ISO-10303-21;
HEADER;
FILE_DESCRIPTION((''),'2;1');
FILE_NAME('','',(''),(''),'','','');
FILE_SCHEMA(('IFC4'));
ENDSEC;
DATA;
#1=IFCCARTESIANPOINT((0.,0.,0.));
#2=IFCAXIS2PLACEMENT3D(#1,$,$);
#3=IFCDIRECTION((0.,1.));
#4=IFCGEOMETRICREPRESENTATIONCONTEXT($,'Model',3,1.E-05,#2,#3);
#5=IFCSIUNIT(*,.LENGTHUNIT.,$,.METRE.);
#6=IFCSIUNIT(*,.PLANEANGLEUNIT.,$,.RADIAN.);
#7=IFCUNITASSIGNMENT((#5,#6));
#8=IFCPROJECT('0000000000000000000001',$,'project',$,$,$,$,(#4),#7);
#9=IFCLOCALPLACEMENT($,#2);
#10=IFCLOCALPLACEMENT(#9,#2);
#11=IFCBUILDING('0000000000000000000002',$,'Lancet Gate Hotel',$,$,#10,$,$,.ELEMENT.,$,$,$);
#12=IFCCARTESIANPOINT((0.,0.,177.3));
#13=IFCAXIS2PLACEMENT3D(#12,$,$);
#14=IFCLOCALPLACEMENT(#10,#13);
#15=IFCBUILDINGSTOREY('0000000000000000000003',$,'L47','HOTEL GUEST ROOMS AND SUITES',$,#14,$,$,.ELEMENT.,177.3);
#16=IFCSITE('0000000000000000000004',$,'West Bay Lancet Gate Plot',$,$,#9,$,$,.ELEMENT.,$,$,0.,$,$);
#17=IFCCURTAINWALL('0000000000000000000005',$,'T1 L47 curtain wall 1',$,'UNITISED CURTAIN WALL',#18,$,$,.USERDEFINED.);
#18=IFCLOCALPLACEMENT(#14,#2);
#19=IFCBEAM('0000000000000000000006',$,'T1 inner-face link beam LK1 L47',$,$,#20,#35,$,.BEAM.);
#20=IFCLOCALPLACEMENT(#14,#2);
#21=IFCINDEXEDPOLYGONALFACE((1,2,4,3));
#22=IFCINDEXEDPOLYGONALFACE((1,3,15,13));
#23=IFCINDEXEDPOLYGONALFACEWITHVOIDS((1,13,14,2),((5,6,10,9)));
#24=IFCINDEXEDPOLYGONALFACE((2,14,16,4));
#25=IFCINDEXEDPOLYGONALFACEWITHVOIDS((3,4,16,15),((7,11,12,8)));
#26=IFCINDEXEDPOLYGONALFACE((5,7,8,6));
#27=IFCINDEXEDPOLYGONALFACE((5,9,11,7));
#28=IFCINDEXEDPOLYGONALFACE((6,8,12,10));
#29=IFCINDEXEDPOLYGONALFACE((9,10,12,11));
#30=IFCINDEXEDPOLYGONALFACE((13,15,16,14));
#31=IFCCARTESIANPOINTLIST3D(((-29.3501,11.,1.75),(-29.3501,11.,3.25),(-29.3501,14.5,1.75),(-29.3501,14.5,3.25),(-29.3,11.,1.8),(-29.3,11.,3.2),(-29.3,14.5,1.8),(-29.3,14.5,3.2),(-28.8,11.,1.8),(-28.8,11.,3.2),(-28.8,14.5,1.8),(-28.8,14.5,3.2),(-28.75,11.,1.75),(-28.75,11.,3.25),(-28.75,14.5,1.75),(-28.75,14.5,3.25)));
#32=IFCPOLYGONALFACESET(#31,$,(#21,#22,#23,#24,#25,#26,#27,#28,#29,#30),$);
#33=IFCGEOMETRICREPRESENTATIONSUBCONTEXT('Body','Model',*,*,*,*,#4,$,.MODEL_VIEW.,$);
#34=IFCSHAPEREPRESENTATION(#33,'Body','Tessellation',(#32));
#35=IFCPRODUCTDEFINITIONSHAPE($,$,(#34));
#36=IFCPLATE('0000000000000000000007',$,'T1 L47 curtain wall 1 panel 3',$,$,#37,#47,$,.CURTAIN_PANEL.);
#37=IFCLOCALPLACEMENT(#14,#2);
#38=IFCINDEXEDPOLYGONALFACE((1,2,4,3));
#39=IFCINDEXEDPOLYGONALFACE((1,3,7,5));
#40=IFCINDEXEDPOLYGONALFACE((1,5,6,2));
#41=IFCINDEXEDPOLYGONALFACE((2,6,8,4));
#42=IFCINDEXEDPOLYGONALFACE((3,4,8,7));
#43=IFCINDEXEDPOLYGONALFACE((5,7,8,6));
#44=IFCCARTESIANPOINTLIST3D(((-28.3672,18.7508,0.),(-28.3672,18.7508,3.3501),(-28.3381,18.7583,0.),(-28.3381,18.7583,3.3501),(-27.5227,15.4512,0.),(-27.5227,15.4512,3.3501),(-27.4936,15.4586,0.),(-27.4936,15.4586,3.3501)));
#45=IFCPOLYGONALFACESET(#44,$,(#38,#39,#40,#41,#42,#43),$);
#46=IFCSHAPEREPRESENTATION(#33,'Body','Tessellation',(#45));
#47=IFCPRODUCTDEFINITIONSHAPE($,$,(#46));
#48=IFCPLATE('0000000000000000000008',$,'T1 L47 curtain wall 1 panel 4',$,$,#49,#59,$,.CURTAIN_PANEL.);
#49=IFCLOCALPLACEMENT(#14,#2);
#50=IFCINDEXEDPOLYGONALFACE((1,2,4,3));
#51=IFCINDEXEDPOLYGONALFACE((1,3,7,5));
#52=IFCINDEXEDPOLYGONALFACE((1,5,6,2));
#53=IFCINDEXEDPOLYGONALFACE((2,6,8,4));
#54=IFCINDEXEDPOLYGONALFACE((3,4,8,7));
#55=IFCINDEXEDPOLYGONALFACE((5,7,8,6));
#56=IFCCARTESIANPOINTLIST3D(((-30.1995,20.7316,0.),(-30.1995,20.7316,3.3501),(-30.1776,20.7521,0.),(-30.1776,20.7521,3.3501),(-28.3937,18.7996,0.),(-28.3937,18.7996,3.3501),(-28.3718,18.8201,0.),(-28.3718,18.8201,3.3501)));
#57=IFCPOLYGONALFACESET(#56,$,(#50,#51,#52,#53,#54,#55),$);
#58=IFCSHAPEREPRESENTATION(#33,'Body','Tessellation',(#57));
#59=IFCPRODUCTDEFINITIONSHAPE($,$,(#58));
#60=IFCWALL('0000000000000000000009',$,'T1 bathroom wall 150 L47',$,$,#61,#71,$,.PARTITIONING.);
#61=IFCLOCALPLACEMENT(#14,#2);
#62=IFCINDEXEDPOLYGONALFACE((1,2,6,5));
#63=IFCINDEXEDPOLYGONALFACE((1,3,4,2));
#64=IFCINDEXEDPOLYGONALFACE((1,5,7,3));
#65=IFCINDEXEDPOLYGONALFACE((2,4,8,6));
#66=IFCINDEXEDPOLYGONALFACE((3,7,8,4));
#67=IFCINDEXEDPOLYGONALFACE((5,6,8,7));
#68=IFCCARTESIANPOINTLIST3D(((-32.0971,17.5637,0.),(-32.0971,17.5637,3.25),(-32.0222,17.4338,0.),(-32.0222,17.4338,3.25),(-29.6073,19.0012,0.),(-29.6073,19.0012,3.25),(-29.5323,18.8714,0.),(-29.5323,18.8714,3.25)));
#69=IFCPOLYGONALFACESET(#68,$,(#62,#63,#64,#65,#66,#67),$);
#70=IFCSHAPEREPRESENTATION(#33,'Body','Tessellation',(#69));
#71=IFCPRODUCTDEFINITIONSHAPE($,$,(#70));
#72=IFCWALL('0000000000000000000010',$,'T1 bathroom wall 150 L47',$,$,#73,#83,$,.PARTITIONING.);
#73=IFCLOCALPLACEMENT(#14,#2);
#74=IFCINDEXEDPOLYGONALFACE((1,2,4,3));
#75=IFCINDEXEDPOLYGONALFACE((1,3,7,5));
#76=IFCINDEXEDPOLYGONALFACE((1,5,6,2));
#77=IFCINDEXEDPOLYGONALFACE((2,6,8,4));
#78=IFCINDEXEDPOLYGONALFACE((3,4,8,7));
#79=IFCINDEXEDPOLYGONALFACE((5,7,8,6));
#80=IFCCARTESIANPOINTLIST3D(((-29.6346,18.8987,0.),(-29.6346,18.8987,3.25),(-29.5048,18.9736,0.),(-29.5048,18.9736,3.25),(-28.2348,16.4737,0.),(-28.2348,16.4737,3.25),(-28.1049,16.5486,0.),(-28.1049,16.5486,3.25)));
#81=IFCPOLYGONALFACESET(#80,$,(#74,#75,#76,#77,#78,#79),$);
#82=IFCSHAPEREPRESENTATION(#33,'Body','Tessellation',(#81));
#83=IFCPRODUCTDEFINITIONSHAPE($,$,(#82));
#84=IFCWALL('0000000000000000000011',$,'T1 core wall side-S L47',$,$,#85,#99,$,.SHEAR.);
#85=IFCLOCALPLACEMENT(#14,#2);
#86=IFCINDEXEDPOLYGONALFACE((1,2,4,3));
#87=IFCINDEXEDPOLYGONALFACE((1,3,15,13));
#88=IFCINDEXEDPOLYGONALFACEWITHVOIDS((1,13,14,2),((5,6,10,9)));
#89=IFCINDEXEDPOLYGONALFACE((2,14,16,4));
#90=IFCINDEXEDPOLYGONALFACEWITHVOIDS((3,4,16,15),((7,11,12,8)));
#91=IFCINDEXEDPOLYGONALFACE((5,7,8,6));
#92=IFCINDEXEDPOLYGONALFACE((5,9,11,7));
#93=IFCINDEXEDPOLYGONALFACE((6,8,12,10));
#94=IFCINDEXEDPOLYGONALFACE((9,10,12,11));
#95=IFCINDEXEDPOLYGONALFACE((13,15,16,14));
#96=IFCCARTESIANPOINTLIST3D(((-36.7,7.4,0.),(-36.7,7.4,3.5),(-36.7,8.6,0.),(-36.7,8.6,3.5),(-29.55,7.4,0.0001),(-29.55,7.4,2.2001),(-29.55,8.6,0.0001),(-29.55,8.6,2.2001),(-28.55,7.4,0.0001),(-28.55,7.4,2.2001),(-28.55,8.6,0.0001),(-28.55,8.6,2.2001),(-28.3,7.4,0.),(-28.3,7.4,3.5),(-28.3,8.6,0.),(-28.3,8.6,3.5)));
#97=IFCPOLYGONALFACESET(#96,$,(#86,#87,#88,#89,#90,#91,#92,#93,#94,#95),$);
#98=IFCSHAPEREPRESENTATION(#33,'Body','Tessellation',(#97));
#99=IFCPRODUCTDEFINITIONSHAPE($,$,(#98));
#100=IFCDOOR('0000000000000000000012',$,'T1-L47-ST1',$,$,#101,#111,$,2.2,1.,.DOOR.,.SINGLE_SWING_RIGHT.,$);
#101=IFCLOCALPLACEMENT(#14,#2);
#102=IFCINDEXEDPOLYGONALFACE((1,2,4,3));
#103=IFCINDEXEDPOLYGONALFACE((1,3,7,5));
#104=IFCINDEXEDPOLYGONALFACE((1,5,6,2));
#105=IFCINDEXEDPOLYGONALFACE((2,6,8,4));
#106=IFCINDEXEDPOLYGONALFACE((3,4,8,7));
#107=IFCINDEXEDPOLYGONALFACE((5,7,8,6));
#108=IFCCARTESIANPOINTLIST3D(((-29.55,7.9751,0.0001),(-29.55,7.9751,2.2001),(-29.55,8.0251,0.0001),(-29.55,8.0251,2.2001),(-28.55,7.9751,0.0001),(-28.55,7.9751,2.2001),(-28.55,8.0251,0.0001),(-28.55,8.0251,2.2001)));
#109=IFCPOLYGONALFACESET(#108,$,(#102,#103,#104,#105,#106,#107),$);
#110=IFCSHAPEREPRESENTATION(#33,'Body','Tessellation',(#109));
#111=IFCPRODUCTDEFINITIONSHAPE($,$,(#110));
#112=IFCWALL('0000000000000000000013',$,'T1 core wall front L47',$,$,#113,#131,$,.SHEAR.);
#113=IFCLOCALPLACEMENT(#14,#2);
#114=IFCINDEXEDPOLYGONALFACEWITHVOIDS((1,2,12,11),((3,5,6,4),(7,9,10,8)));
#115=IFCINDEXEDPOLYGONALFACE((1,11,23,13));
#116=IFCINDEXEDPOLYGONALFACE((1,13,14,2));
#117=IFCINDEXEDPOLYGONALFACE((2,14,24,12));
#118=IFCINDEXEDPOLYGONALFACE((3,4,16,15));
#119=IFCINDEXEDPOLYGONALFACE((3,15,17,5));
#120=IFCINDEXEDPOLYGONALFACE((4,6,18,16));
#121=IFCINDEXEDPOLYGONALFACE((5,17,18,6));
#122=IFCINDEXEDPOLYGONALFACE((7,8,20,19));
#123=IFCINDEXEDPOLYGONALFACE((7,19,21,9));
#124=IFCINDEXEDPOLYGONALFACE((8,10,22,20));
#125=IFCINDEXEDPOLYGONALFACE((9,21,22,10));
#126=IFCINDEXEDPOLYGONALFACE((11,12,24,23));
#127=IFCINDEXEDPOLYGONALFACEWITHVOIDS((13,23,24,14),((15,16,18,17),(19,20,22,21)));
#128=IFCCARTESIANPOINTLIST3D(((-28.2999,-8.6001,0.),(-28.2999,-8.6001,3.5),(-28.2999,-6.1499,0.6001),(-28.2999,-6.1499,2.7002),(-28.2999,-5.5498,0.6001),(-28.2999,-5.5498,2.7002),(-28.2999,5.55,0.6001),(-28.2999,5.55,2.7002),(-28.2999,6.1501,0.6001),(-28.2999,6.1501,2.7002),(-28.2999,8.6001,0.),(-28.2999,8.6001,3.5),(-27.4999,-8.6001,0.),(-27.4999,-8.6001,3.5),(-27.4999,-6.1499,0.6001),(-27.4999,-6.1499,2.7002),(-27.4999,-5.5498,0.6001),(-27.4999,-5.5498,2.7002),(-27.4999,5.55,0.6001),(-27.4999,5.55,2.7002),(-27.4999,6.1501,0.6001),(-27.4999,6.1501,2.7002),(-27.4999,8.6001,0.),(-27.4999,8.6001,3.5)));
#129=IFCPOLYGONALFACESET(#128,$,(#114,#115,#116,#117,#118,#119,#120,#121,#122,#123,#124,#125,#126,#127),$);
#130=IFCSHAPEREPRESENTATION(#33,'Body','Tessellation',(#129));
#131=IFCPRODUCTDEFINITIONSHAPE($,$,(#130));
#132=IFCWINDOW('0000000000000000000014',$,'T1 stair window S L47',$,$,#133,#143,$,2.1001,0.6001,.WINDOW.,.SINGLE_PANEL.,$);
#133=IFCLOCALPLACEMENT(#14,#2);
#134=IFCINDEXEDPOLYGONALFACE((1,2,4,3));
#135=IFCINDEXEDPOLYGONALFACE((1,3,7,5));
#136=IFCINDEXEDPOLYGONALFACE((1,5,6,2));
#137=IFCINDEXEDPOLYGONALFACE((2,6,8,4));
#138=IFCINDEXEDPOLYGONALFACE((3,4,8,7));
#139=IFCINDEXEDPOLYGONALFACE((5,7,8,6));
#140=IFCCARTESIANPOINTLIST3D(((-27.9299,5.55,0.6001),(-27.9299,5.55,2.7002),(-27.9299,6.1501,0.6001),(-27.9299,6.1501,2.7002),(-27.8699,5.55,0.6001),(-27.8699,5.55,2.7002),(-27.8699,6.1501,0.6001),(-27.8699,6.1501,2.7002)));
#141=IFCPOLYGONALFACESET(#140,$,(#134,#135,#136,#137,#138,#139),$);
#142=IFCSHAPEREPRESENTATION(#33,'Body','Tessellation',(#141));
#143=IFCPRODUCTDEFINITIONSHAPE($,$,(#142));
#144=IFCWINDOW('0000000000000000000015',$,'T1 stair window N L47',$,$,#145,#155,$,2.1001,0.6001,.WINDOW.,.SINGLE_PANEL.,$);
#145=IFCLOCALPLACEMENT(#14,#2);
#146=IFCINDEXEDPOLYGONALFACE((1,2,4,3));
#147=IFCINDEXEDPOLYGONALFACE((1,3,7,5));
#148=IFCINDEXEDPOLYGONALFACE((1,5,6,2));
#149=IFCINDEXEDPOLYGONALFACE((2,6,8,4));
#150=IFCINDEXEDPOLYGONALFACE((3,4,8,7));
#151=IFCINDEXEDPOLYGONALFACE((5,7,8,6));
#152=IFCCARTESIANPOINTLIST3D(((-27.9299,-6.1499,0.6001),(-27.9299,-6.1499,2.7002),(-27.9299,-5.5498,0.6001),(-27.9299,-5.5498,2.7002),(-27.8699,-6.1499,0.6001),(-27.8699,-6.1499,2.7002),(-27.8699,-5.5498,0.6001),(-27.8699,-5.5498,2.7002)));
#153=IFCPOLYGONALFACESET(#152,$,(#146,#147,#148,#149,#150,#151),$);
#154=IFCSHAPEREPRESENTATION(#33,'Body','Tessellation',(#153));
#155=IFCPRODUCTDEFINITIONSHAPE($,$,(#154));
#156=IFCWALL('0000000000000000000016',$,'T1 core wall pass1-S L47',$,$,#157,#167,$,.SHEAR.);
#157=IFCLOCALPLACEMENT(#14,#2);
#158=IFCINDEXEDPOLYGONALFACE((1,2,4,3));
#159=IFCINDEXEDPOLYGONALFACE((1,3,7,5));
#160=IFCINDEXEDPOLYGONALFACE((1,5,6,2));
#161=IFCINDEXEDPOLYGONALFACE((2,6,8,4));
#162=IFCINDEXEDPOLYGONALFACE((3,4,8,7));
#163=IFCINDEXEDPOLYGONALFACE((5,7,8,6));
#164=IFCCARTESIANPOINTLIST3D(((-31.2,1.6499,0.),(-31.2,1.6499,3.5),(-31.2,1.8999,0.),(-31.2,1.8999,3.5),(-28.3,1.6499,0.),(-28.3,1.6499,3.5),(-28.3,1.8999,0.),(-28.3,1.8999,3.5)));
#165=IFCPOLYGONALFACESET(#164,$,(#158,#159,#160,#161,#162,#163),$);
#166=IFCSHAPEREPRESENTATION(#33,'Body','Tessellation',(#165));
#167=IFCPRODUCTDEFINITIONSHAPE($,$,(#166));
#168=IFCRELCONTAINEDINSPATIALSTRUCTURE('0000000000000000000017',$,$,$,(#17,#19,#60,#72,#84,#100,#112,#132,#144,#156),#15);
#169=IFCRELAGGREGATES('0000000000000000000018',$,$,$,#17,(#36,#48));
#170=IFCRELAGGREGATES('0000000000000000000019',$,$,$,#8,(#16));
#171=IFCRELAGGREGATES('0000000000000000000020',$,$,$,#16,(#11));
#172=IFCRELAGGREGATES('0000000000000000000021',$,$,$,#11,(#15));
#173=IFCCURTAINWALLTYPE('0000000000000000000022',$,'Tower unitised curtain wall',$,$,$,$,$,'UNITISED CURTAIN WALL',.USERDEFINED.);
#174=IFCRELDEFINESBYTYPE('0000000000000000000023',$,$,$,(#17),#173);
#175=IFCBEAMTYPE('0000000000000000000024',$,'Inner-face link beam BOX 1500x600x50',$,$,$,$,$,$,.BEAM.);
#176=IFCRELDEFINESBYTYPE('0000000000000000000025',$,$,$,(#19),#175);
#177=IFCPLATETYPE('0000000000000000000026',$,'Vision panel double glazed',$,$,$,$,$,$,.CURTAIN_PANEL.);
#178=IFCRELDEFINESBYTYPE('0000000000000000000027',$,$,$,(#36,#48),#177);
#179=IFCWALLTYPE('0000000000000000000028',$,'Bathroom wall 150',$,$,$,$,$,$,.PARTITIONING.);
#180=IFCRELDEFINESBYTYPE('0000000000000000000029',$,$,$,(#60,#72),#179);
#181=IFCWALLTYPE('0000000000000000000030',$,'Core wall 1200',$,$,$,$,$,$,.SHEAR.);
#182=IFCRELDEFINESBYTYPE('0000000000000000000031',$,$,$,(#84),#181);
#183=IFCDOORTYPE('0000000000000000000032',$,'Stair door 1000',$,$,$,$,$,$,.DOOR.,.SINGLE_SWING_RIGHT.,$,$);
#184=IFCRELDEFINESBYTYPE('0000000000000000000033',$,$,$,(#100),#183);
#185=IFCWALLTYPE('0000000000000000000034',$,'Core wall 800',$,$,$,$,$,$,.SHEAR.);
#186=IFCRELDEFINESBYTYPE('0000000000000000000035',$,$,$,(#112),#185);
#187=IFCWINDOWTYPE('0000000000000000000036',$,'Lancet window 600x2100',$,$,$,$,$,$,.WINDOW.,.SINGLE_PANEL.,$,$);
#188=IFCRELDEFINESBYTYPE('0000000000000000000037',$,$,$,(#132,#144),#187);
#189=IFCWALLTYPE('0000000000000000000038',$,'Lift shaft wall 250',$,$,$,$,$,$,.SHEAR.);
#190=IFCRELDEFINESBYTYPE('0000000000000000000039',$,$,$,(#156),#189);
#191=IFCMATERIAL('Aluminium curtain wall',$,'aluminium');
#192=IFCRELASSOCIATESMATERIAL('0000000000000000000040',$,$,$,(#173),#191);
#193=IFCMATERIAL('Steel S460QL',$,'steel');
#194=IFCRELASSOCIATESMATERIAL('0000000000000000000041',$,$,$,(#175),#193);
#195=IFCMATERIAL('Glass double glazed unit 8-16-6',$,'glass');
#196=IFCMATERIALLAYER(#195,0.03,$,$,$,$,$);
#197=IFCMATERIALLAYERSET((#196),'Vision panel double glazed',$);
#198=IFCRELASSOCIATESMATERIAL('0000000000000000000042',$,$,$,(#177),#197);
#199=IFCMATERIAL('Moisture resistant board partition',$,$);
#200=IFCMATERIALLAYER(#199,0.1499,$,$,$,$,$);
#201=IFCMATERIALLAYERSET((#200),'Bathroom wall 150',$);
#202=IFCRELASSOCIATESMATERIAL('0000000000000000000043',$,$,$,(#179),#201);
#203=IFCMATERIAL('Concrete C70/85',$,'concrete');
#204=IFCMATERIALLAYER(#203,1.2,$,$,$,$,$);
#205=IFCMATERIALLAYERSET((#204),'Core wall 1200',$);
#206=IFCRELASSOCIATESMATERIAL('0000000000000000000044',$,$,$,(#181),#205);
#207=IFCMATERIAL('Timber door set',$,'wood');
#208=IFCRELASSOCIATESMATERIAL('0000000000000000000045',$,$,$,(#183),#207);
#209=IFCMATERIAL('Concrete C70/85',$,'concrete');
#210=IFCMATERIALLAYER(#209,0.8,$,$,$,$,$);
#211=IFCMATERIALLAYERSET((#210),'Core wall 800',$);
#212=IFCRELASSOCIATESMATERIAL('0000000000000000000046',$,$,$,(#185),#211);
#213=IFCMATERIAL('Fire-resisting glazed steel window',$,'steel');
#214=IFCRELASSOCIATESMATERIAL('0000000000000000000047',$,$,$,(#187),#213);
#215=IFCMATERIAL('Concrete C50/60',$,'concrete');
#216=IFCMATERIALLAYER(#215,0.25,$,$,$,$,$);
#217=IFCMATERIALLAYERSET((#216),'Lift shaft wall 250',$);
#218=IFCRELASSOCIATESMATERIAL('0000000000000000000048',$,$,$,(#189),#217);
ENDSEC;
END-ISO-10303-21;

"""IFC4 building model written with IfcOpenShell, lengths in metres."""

from ifc_helpers import new_model, si_unit, direction, frame, frame_2d, origin, origin_2d, place, context, subcontext, project, spatial, rectangle, hollow_rectangle, extrude, material, layer, layer_set, material_profile, profile_set, type_object, element, fill, aggregate, save


model = new_model("IFC4")

# Units and contexts
model_context = context("Model", 3, precision=1e-05, world=origin(), true_north=direction((0.0, 1.0)))
body_context = subcontext(model_context, "Body", "Model", "MODEL_VIEW")
ifc_project = project(units=[si_unit("LENGTHUNIT", "METRE"), si_unit("PLANEANGLEUNIT", "RADIAN")], contexts=[model_context])

# Site, building, storey
site_placement = place(None, origin())
site = spatial("IfcSite", under=ifc_project, at=site_placement, Name="West Bay Lancet Gate Plot", CompositionType="ELEMENT", RefElevation=0.0)
building_placement = place(site_placement, origin())
building = spatial("IfcBuilding", under=site, at=building_placement, Name="Lancet Gate Hotel", CompositionType="ELEMENT")
storey_placement = place(building_placement, frame((0.0, 0.0, 177.3)))
storey = spatial("IfcBuildingStorey", under=building, at=storey_placement, Name="L47", Description="HOTEL GUEST ROOMS AND SUITES", CompositionType="ELEMENT", Elevation=177.3)

# Curtain wall
ifc_material_1 = material(Name="Aluminium curtain wall", Category="aluminium")
curtain_wall_type = type_object("IfcCurtainWallType", Name="Tower unitised curtain wall", ElementType="UNITISED CURTAIN WALL", PredefinedType="USERDEFINED", material=ifc_material_1)
curtain_wall_placement = place(storey_placement, origin())
curtain_wall = element("IfcCurtainWall", 1, at=curtain_wall_placement, inside=storey, type_object=curtain_wall_type, Name="T1 L47 curtain wall 1", ObjectType="UNITISED CURTAIN WALL", PredefinedType="USERDEFINED")

# Beam
ifc_material_2 = material(Name="Steel S460QL", Category="steel")
ifc_material_profile_1 = material_profile(ifc_material_2, hollow_rectangle(XDim=0.6001, YDim=1.5, WallThickness=0.05, at=origin_2d()), Name="BOX 1500x600x50")
ifc_profile_set_1 = profile_set([ifc_material_profile_1], Name="Steel S460QL")
beam_type_1 = type_object("IfcBeamType", Name="Inner-face link beam BOX 1500x600x50", PredefinedType="BEAM", material=ifc_profile_set_1)
beam_1_placement = place(storey_placement, frame((-29.05, 14.5, 2.5), z_axis=(0.0, -1.0, 0.0), x_axis=(1.0, 0.0, 0.0)))
element("IfcBeam", 2, at=beam_1_placement, inside=storey, type_object=beam_type_1, Name="T1 inner-face link beam LK1 L47", PredefinedType="BEAM", context=body_context, shape_type="SweptSolid", body=[
    extrude(hollow_rectangle(XDim=0.6001, YDim=1.5, WallThickness=0.05, at=origin_2d()), origin(), (0.0, 0.0, 1.0), 3.5),
])

# Plates
ifc_material_3 = material(Name="Glass double glazed unit 8-16-6", Category="glass")
ifc_layer_1 = layer(ifc_material_3, 0.03)
ifc_layer_set_1 = layer_set([ifc_layer_1], Name="Vision panel double glazed")
plate_type = type_object("IfcPlateType", Name="Vision panel double glazed", PredefinedType="CURTAIN_PANEL", material=ifc_layer_set_1)
plate_1_placement = place(storey_placement, frame((-27.9304, 17.1047, 0.0), z_axis=(0.0, 0.0, 1.0), x_axis=(-0.247937, 0.968776, 0.0)))
plate_1 = element("IfcPlate", 3, at=plate_1_placement, type_object=plate_type, Name="T1 L47 curtain wall 1 panel 3", PredefinedType="CURTAIN_PANEL", context=body_context, shape_type="SweptSolid", body=[
    extrude(rectangle(XDim=3.406, YDim=0.03, at=origin_2d()), origin(), (0.0, 0.0, 1.0), 3.3501),
])
plate_2_placement = place(storey_placement, frame((-29.2856, 19.7759, 0.0), z_axis=(0.0, 0.0, 1.0), x_axis=(-0.682845, 0.730563, 0.0)))
plate_2 = element("IfcPlate", 4, at=plate_2_placement, type_object=plate_type, Name="T1 L47 curtain wall 1 panel 4", PredefinedType="CURTAIN_PANEL", context=body_context, shape_type="SweptSolid", body=[
    extrude(rectangle(XDim=2.6445, YDim=0.03, at=origin_2d()), origin(), (0.0, 0.0, 1.0), 3.3501),
])
aggregate(curtain_wall, [plate_1, plate_2])

# Walls
ifc_material_4 = material(Name="Moisture resistant board partition")
ifc_layer_2 = layer(ifc_material_4, 0.1499)
ifc_layer_set_2 = layer_set([ifc_layer_2], Name="Bathroom wall 150")
wall_type_1 = type_object("IfcWallType", Name="Bathroom wall 150", PredefinedType="PARTITIONING", material=ifc_layer_set_2)
wall_1_placement = place(storey_placement, frame((-29.5698, 18.9363, 0.0), z_axis=(0.0, 0.0, 1.0), x_axis=(-0.866019, -0.500012, 0.0)))
element("IfcWall", 5, at=wall_1_placement, inside=storey, type_object=wall_type_1, Name="T1 bathroom wall 150 L47", PredefinedType="PARTITIONING", context=body_context, shape_type="SweptSolid", body=[
    extrude(rectangle(XDim=2.875, YDim=0.1499, at=frame_2d((1.4375, 0.0))), origin(), (0.0, 0.0, 1.0), 3.25),
])
wall_2_placement = place(storey_placement, frame((-28.1699, 16.5112, 0.0), z_axis=(0.0, 0.0, 1.0), x_axis=(-0.499946, 0.866056, 0.0)))
element("IfcWall", 6, at=wall_2_placement, inside=storey, type_object=wall_type_1, Name="T1 bathroom wall 150 L47", PredefinedType="PARTITIONING", context=body_context, shape_type="SweptSolid", body=[
    extrude(rectangle(XDim=2.8, YDim=0.1499, at=frame_2d((1.3999, 0.0))), origin(), (0.0, 0.0, 1.0), 3.25),
])

# Wall, opening, door
ifc_material_5 = material(Name="Concrete C70/85", Category="concrete")
ifc_layer_3 = layer(ifc_material_5, 1.2)
ifc_layer_set_3 = layer_set([ifc_layer_3], Name="Core wall 1200")
wall_type_2 = type_object("IfcWallType", Name="Core wall 1200", PredefinedType="SHEAR", material=ifc_layer_set_3)
wall_3_placement = place(storey_placement, frame((-28.3, 8.0, 0.0), z_axis=(0.0, 0.0, 1.0), x_axis=(-1.0, 0.0, 0.0)))
wall_3 = element("IfcWall", 7, at=wall_3_placement, inside=storey, type_object=wall_type_2, Name="T1 core wall side-S L47", PredefinedType="SHEAR", context=body_context, shape_type="SweptSolid", body=[
    extrude(rectangle(XDim=8.3999, YDim=1.2, at=frame_2d((4.2, 0.0))), origin(), (0.0, 0.0, 1.0), 3.5),
])
opening_1_placement = place(wall_3_placement, frame((0.25, 0.0, 0.0)))
opening_1 = element("IfcOpeningElement", 8, at=opening_1_placement, cuts=wall_3, PredefinedType="OPENING", context=body_context, shape_type="SweptSolid", body=[
    extrude(rectangle(XDim=1.0, YDim=2.2, at=frame_2d((0.5, 1.1001))), frame((0.0, 0.6099, 0.0), z_axis=(0.0, -1.0, 0.0), x_axis=(1.0, 0.0, 0.0)), (0.0, 0.0, 1.0), 1.22),
])
ifc_material_6 = material(Name="Timber door set", Category="wood")
door_type = type_object("IfcDoorType", Name="Stair door 1000", OperationType="SINGLE_SWING_RIGHT", PredefinedType="DOOR", material=ifc_material_6)
door_placement = place(opening_1_placement, origin())
door = element("IfcDoor", 9, at=door_placement, inside=storey, type_object=door_type, Name="T1-L47-ST1", OperationType="SINGLE_SWING_RIGHT", OverallHeight=2.2, OverallWidth=1.0, PredefinedType="DOOR", context=body_context, shape_type="SweptSolid", body=[
    extrude(rectangle(XDim=1.0, YDim=2.2, at=frame_2d((0.5, 1.1001))), frame((0.0, 0.0249, 0.0), z_axis=(0.0, -1.0, 0.0), x_axis=(1.0, 0.0, 0.0)), (0.0, 0.0, 1.0), 0.05),
])
fill(opening_1, door)

# Wall, openings, windows
ifc_material_7 = material(Name="Concrete C70/85", Category="concrete")
ifc_layer_4 = layer(ifc_material_7, 0.8)
ifc_layer_set_4 = layer_set([ifc_layer_4], Name="Core wall 800")
wall_type_3 = type_object("IfcWallType", Name="Core wall 800", PredefinedType="SHEAR", material=ifc_layer_set_4)
wall_4_placement = place(storey_placement, frame((-27.8999, 8.6001, 0.0), z_axis=(0.0, 0.0, 1.0), x_axis=(0.0, -1.0, 0.0)))
wall_4 = element("IfcWall", 10, at=wall_4_placement, inside=storey, type_object=wall_type_3, Name="T1 core wall front L47", PredefinedType="SHEAR", context=body_context, shape_type="SweptSolid", body=[
    extrude(rectangle(XDim=17.2002, YDim=0.8, at=frame_2d((8.6001, 0.0))), origin(), (0.0, 0.0, 1.0), 3.5),
])
opening_2_placement = place(wall_4_placement, frame((2.45, 0.0, 0.6001)))
opening_2 = element("IfcOpeningElement", 11, at=opening_2_placement, cuts=wall_4, PredefinedType="OPENING", context=body_context, shape_type="SweptSolid", body=[
    extrude(rectangle(XDim=0.6001, YDim=2.1001, at=frame_2d((0.3, 1.05))), frame((0.0, 0.4099, 0.0), z_axis=(0.0, -1.0, 0.0), x_axis=(1.0, 0.0, 0.0)), (0.0, 0.0, 1.0), 0.8201),
])
opening_3_placement = place(wall_4_placement, frame((14.1499, 0.0, 0.6001)))
opening_3 = element("IfcOpeningElement", 12, at=opening_3_placement, cuts=wall_4, PredefinedType="OPENING", context=body_context, shape_type="SweptSolid", body=[
    extrude(rectangle(XDim=0.6001, YDim=2.1001, at=frame_2d((0.3, 1.05))), frame((0.0, 0.4099, 0.0), z_axis=(0.0, -1.0, 0.0), x_axis=(1.0, 0.0, 0.0)), (0.0, 0.0, 1.0), 0.8201),
])
ifc_material_8 = material(Name="Fire-resisting glazed steel window", Category="steel")
window_type = type_object("IfcWindowType", Name="Lancet window 600x2100", PartitioningType="SINGLE_PANEL", PredefinedType="WINDOW", material=ifc_material_8)
window_1_placement = place(opening_2_placement, origin())
window_1 = element("IfcWindow", 13, at=window_1_placement, inside=storey, type_object=window_type, Name="T1 stair window S L47", OverallHeight=2.1001, OverallWidth=0.6001, PartitioningType="SINGLE_PANEL", PredefinedType="WINDOW", context=body_context, shape_type="SweptSolid", body=[
    extrude(rectangle(XDim=0.6001, YDim=2.1001, at=frame_2d((0.3, 1.05))), frame((0.0, 0.03, 0.0), z_axis=(0.0, -1.0, 0.0), x_axis=(1.0, 0.0, 0.0)), (0.0, 0.0, 1.0), 0.0601),
])
fill(opening_2, window_1)
window_2_placement = place(opening_3_placement, origin())
window_2 = element("IfcWindow", 14, at=window_2_placement, inside=storey, type_object=window_type, Name="T1 stair window N L47", OverallHeight=2.1001, OverallWidth=0.6001, PartitioningType="SINGLE_PANEL", PredefinedType="WINDOW", context=body_context, shape_type="SweptSolid", body=[
    extrude(rectangle(XDim=0.6001, YDim=2.1001, at=frame_2d((0.3, 1.05))), frame((0.0, 0.03, 0.0), z_axis=(0.0, -1.0, 0.0), x_axis=(1.0, 0.0, 0.0)), (0.0, 0.0, 1.0), 0.0601),
])
fill(opening_3, window_2)

# Wall
ifc_material_9 = material(Name="Concrete C50/60", Category="concrete")
ifc_layer_5 = layer(ifc_material_9, 0.25)
ifc_layer_set_5 = layer_set([ifc_layer_5], Name="Lift shaft wall 250")
wall_type_4 = type_object("IfcWallType", Name="Lift shaft wall 250", PredefinedType="SHEAR", material=ifc_layer_set_5)
wall_5_placement = place(storey_placement, frame((-28.3, 1.7749, 0.0), z_axis=(0.0, 0.0, 1.0), x_axis=(-1.0, 0.0, 0.0)))
element("IfcWall", 15, at=wall_5_placement, inside=storey, type_object=wall_type_4, Name="T1 core wall pass1-S L47", PredefinedType="SHEAR", context=body_context, shape_type="SweptSolid", body=[
    extrude(rectangle(XDim=2.8999, YDim=0.25, at=frame_2d((1.45, 0.0))), origin(), (0.0, 0.0, 1.0), 3.5),
])

save(model, "model.ifc")
